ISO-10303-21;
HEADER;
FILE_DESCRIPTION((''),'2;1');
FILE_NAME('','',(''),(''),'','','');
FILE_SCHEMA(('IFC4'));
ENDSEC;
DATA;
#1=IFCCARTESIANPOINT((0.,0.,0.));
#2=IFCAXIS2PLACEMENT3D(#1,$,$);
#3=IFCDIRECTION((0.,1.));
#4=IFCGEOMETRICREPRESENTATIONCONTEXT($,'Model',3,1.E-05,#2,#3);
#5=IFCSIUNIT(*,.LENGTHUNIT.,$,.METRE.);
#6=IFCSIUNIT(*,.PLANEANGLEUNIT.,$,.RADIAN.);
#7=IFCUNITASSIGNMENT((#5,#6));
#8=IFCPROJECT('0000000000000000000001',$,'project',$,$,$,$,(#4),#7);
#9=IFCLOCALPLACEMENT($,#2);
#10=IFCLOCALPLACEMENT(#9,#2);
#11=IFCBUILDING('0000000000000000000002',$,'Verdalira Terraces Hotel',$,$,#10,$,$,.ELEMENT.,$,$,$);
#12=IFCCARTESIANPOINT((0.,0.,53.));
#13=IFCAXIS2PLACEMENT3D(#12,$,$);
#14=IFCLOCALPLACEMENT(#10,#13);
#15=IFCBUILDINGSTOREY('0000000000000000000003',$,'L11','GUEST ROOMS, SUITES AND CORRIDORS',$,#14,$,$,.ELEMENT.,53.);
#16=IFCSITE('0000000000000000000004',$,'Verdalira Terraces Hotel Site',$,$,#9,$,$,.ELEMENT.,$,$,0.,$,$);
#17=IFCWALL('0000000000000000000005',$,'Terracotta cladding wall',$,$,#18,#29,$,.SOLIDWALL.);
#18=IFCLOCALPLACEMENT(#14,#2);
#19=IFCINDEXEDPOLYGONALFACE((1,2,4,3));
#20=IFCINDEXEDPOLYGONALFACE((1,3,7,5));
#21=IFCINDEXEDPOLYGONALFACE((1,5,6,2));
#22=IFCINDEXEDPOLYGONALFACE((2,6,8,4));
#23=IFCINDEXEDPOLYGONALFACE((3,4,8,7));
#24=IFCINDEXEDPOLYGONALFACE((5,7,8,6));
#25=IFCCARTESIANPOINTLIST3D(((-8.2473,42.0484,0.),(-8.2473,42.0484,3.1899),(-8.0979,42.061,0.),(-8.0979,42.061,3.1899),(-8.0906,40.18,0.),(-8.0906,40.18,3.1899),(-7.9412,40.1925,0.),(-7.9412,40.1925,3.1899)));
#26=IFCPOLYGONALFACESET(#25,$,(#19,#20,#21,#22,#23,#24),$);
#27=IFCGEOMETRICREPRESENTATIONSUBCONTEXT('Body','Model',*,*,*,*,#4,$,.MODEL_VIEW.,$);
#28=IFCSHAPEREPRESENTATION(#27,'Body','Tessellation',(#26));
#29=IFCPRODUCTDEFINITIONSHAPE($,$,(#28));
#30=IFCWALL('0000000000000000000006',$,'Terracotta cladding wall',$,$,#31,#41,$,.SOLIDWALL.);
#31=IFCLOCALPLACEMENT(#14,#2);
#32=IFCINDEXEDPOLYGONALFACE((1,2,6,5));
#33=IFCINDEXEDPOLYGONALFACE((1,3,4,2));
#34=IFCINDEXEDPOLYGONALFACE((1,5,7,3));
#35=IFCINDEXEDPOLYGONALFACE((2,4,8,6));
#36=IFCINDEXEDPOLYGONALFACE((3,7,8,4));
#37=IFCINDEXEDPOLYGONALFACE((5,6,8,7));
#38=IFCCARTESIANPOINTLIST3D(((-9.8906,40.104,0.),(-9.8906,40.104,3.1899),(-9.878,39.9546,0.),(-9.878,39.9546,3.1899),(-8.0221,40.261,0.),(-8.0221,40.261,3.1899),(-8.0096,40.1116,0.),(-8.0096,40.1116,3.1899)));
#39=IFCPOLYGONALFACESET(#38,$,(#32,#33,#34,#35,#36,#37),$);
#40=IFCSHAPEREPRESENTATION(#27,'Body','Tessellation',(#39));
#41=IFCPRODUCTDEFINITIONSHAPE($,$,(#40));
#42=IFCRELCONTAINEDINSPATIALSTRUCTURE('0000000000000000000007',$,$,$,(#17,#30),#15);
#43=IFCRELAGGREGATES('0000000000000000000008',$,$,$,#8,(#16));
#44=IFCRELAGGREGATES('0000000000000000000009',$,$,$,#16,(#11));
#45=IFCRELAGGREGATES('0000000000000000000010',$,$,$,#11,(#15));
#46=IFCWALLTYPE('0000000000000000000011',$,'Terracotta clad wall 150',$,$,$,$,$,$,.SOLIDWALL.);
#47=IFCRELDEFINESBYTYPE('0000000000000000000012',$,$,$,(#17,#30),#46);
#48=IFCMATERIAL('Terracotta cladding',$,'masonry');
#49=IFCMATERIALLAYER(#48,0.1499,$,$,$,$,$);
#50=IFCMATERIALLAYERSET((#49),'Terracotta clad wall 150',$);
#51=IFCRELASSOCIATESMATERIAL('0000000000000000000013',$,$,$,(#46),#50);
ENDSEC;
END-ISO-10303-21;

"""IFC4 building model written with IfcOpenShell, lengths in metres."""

from ifc_helpers import new_model, si_unit, direction, frame, frame_2d, origin, place, context, subcontext, project, spatial, rectangle, extrude, material, layer, layer_set, type_object, element, save


model = new_model("IFC4")

# Units and contexts
model_context = context("Model", 3, precision=1e-05, world=origin(), true_north=direction((0.0, 1.0)))
body_context = subcontext(model_context, "Body", "Model", "MODEL_VIEW")
ifc_project = project(units=[si_unit("LENGTHUNIT", "METRE"), si_unit("PLANEANGLEUNIT", "RADIAN")], contexts=[model_context])

# Site, building, storey
site_placement = place(None, origin())
site = spatial("IfcSite", under=ifc_project, at=site_placement, Name="Verdalira Terraces Hotel Site", CompositionType="ELEMENT", RefElevation=0.0)
building_placement = place(site_placement, origin())
building = spatial("IfcBuilding", under=site, at=building_placement, Name="Verdalira Terraces Hotel", CompositionType="ELEMENT")
storey_placement = place(building_placement, frame((0.0, 0.0, 53.0)))
storey = spatial("IfcBuildingStorey", under=building, at=storey_placement, Name="L11", Description="GUEST ROOMS, SUITES AND CORRIDORS", CompositionType="ELEMENT", Elevation=53.0)

# Walls
ifc_material_1 = material(Name="Terracotta cladding", Category="masonry")
ifc_layer_1 = layer(ifc_material_1, 0.1499)
ifc_layer_set_1 = layer_set([ifc_layer_1], Name="Terracotta clad wall 150")
wall_type_1 = type_object("IfcWallType", Name="Terracotta clad wall 150", PredefinedType="SOLIDWALL", material=ifc_layer_set_1)
for number, where, z_axis, x_axis, name in (
    (1, (-8.1726, 42.0547, 0.0), (0.0, 0.0, 1.0), (0.083595, -0.9965, 0.0), "Terracotta cladding wall"),
    (2, (-8.0159, 40.1863, 0.0), (0.0, 0.0, 1.0), (-0.996489, -0.083724, 0.0), "Terracotta cladding wall"),
):
    element("IfcWall", number, at=place(storey_placement, frame(where, z_axis=z_axis, x_axis=x_axis)), inside=storey, type_object=wall_type_1, Name=name, PredefinedType="SOLIDWALL", context=body_context, shape_type="SweptSolid", body=[
        extrude(rectangle(XDim=1.875, YDim=0.1499, at=frame_2d((0.9375, 0.0))), origin(), (0.0, 0.0, 1.0), 3.1899),
    ])

save(model, "model.ifc")
